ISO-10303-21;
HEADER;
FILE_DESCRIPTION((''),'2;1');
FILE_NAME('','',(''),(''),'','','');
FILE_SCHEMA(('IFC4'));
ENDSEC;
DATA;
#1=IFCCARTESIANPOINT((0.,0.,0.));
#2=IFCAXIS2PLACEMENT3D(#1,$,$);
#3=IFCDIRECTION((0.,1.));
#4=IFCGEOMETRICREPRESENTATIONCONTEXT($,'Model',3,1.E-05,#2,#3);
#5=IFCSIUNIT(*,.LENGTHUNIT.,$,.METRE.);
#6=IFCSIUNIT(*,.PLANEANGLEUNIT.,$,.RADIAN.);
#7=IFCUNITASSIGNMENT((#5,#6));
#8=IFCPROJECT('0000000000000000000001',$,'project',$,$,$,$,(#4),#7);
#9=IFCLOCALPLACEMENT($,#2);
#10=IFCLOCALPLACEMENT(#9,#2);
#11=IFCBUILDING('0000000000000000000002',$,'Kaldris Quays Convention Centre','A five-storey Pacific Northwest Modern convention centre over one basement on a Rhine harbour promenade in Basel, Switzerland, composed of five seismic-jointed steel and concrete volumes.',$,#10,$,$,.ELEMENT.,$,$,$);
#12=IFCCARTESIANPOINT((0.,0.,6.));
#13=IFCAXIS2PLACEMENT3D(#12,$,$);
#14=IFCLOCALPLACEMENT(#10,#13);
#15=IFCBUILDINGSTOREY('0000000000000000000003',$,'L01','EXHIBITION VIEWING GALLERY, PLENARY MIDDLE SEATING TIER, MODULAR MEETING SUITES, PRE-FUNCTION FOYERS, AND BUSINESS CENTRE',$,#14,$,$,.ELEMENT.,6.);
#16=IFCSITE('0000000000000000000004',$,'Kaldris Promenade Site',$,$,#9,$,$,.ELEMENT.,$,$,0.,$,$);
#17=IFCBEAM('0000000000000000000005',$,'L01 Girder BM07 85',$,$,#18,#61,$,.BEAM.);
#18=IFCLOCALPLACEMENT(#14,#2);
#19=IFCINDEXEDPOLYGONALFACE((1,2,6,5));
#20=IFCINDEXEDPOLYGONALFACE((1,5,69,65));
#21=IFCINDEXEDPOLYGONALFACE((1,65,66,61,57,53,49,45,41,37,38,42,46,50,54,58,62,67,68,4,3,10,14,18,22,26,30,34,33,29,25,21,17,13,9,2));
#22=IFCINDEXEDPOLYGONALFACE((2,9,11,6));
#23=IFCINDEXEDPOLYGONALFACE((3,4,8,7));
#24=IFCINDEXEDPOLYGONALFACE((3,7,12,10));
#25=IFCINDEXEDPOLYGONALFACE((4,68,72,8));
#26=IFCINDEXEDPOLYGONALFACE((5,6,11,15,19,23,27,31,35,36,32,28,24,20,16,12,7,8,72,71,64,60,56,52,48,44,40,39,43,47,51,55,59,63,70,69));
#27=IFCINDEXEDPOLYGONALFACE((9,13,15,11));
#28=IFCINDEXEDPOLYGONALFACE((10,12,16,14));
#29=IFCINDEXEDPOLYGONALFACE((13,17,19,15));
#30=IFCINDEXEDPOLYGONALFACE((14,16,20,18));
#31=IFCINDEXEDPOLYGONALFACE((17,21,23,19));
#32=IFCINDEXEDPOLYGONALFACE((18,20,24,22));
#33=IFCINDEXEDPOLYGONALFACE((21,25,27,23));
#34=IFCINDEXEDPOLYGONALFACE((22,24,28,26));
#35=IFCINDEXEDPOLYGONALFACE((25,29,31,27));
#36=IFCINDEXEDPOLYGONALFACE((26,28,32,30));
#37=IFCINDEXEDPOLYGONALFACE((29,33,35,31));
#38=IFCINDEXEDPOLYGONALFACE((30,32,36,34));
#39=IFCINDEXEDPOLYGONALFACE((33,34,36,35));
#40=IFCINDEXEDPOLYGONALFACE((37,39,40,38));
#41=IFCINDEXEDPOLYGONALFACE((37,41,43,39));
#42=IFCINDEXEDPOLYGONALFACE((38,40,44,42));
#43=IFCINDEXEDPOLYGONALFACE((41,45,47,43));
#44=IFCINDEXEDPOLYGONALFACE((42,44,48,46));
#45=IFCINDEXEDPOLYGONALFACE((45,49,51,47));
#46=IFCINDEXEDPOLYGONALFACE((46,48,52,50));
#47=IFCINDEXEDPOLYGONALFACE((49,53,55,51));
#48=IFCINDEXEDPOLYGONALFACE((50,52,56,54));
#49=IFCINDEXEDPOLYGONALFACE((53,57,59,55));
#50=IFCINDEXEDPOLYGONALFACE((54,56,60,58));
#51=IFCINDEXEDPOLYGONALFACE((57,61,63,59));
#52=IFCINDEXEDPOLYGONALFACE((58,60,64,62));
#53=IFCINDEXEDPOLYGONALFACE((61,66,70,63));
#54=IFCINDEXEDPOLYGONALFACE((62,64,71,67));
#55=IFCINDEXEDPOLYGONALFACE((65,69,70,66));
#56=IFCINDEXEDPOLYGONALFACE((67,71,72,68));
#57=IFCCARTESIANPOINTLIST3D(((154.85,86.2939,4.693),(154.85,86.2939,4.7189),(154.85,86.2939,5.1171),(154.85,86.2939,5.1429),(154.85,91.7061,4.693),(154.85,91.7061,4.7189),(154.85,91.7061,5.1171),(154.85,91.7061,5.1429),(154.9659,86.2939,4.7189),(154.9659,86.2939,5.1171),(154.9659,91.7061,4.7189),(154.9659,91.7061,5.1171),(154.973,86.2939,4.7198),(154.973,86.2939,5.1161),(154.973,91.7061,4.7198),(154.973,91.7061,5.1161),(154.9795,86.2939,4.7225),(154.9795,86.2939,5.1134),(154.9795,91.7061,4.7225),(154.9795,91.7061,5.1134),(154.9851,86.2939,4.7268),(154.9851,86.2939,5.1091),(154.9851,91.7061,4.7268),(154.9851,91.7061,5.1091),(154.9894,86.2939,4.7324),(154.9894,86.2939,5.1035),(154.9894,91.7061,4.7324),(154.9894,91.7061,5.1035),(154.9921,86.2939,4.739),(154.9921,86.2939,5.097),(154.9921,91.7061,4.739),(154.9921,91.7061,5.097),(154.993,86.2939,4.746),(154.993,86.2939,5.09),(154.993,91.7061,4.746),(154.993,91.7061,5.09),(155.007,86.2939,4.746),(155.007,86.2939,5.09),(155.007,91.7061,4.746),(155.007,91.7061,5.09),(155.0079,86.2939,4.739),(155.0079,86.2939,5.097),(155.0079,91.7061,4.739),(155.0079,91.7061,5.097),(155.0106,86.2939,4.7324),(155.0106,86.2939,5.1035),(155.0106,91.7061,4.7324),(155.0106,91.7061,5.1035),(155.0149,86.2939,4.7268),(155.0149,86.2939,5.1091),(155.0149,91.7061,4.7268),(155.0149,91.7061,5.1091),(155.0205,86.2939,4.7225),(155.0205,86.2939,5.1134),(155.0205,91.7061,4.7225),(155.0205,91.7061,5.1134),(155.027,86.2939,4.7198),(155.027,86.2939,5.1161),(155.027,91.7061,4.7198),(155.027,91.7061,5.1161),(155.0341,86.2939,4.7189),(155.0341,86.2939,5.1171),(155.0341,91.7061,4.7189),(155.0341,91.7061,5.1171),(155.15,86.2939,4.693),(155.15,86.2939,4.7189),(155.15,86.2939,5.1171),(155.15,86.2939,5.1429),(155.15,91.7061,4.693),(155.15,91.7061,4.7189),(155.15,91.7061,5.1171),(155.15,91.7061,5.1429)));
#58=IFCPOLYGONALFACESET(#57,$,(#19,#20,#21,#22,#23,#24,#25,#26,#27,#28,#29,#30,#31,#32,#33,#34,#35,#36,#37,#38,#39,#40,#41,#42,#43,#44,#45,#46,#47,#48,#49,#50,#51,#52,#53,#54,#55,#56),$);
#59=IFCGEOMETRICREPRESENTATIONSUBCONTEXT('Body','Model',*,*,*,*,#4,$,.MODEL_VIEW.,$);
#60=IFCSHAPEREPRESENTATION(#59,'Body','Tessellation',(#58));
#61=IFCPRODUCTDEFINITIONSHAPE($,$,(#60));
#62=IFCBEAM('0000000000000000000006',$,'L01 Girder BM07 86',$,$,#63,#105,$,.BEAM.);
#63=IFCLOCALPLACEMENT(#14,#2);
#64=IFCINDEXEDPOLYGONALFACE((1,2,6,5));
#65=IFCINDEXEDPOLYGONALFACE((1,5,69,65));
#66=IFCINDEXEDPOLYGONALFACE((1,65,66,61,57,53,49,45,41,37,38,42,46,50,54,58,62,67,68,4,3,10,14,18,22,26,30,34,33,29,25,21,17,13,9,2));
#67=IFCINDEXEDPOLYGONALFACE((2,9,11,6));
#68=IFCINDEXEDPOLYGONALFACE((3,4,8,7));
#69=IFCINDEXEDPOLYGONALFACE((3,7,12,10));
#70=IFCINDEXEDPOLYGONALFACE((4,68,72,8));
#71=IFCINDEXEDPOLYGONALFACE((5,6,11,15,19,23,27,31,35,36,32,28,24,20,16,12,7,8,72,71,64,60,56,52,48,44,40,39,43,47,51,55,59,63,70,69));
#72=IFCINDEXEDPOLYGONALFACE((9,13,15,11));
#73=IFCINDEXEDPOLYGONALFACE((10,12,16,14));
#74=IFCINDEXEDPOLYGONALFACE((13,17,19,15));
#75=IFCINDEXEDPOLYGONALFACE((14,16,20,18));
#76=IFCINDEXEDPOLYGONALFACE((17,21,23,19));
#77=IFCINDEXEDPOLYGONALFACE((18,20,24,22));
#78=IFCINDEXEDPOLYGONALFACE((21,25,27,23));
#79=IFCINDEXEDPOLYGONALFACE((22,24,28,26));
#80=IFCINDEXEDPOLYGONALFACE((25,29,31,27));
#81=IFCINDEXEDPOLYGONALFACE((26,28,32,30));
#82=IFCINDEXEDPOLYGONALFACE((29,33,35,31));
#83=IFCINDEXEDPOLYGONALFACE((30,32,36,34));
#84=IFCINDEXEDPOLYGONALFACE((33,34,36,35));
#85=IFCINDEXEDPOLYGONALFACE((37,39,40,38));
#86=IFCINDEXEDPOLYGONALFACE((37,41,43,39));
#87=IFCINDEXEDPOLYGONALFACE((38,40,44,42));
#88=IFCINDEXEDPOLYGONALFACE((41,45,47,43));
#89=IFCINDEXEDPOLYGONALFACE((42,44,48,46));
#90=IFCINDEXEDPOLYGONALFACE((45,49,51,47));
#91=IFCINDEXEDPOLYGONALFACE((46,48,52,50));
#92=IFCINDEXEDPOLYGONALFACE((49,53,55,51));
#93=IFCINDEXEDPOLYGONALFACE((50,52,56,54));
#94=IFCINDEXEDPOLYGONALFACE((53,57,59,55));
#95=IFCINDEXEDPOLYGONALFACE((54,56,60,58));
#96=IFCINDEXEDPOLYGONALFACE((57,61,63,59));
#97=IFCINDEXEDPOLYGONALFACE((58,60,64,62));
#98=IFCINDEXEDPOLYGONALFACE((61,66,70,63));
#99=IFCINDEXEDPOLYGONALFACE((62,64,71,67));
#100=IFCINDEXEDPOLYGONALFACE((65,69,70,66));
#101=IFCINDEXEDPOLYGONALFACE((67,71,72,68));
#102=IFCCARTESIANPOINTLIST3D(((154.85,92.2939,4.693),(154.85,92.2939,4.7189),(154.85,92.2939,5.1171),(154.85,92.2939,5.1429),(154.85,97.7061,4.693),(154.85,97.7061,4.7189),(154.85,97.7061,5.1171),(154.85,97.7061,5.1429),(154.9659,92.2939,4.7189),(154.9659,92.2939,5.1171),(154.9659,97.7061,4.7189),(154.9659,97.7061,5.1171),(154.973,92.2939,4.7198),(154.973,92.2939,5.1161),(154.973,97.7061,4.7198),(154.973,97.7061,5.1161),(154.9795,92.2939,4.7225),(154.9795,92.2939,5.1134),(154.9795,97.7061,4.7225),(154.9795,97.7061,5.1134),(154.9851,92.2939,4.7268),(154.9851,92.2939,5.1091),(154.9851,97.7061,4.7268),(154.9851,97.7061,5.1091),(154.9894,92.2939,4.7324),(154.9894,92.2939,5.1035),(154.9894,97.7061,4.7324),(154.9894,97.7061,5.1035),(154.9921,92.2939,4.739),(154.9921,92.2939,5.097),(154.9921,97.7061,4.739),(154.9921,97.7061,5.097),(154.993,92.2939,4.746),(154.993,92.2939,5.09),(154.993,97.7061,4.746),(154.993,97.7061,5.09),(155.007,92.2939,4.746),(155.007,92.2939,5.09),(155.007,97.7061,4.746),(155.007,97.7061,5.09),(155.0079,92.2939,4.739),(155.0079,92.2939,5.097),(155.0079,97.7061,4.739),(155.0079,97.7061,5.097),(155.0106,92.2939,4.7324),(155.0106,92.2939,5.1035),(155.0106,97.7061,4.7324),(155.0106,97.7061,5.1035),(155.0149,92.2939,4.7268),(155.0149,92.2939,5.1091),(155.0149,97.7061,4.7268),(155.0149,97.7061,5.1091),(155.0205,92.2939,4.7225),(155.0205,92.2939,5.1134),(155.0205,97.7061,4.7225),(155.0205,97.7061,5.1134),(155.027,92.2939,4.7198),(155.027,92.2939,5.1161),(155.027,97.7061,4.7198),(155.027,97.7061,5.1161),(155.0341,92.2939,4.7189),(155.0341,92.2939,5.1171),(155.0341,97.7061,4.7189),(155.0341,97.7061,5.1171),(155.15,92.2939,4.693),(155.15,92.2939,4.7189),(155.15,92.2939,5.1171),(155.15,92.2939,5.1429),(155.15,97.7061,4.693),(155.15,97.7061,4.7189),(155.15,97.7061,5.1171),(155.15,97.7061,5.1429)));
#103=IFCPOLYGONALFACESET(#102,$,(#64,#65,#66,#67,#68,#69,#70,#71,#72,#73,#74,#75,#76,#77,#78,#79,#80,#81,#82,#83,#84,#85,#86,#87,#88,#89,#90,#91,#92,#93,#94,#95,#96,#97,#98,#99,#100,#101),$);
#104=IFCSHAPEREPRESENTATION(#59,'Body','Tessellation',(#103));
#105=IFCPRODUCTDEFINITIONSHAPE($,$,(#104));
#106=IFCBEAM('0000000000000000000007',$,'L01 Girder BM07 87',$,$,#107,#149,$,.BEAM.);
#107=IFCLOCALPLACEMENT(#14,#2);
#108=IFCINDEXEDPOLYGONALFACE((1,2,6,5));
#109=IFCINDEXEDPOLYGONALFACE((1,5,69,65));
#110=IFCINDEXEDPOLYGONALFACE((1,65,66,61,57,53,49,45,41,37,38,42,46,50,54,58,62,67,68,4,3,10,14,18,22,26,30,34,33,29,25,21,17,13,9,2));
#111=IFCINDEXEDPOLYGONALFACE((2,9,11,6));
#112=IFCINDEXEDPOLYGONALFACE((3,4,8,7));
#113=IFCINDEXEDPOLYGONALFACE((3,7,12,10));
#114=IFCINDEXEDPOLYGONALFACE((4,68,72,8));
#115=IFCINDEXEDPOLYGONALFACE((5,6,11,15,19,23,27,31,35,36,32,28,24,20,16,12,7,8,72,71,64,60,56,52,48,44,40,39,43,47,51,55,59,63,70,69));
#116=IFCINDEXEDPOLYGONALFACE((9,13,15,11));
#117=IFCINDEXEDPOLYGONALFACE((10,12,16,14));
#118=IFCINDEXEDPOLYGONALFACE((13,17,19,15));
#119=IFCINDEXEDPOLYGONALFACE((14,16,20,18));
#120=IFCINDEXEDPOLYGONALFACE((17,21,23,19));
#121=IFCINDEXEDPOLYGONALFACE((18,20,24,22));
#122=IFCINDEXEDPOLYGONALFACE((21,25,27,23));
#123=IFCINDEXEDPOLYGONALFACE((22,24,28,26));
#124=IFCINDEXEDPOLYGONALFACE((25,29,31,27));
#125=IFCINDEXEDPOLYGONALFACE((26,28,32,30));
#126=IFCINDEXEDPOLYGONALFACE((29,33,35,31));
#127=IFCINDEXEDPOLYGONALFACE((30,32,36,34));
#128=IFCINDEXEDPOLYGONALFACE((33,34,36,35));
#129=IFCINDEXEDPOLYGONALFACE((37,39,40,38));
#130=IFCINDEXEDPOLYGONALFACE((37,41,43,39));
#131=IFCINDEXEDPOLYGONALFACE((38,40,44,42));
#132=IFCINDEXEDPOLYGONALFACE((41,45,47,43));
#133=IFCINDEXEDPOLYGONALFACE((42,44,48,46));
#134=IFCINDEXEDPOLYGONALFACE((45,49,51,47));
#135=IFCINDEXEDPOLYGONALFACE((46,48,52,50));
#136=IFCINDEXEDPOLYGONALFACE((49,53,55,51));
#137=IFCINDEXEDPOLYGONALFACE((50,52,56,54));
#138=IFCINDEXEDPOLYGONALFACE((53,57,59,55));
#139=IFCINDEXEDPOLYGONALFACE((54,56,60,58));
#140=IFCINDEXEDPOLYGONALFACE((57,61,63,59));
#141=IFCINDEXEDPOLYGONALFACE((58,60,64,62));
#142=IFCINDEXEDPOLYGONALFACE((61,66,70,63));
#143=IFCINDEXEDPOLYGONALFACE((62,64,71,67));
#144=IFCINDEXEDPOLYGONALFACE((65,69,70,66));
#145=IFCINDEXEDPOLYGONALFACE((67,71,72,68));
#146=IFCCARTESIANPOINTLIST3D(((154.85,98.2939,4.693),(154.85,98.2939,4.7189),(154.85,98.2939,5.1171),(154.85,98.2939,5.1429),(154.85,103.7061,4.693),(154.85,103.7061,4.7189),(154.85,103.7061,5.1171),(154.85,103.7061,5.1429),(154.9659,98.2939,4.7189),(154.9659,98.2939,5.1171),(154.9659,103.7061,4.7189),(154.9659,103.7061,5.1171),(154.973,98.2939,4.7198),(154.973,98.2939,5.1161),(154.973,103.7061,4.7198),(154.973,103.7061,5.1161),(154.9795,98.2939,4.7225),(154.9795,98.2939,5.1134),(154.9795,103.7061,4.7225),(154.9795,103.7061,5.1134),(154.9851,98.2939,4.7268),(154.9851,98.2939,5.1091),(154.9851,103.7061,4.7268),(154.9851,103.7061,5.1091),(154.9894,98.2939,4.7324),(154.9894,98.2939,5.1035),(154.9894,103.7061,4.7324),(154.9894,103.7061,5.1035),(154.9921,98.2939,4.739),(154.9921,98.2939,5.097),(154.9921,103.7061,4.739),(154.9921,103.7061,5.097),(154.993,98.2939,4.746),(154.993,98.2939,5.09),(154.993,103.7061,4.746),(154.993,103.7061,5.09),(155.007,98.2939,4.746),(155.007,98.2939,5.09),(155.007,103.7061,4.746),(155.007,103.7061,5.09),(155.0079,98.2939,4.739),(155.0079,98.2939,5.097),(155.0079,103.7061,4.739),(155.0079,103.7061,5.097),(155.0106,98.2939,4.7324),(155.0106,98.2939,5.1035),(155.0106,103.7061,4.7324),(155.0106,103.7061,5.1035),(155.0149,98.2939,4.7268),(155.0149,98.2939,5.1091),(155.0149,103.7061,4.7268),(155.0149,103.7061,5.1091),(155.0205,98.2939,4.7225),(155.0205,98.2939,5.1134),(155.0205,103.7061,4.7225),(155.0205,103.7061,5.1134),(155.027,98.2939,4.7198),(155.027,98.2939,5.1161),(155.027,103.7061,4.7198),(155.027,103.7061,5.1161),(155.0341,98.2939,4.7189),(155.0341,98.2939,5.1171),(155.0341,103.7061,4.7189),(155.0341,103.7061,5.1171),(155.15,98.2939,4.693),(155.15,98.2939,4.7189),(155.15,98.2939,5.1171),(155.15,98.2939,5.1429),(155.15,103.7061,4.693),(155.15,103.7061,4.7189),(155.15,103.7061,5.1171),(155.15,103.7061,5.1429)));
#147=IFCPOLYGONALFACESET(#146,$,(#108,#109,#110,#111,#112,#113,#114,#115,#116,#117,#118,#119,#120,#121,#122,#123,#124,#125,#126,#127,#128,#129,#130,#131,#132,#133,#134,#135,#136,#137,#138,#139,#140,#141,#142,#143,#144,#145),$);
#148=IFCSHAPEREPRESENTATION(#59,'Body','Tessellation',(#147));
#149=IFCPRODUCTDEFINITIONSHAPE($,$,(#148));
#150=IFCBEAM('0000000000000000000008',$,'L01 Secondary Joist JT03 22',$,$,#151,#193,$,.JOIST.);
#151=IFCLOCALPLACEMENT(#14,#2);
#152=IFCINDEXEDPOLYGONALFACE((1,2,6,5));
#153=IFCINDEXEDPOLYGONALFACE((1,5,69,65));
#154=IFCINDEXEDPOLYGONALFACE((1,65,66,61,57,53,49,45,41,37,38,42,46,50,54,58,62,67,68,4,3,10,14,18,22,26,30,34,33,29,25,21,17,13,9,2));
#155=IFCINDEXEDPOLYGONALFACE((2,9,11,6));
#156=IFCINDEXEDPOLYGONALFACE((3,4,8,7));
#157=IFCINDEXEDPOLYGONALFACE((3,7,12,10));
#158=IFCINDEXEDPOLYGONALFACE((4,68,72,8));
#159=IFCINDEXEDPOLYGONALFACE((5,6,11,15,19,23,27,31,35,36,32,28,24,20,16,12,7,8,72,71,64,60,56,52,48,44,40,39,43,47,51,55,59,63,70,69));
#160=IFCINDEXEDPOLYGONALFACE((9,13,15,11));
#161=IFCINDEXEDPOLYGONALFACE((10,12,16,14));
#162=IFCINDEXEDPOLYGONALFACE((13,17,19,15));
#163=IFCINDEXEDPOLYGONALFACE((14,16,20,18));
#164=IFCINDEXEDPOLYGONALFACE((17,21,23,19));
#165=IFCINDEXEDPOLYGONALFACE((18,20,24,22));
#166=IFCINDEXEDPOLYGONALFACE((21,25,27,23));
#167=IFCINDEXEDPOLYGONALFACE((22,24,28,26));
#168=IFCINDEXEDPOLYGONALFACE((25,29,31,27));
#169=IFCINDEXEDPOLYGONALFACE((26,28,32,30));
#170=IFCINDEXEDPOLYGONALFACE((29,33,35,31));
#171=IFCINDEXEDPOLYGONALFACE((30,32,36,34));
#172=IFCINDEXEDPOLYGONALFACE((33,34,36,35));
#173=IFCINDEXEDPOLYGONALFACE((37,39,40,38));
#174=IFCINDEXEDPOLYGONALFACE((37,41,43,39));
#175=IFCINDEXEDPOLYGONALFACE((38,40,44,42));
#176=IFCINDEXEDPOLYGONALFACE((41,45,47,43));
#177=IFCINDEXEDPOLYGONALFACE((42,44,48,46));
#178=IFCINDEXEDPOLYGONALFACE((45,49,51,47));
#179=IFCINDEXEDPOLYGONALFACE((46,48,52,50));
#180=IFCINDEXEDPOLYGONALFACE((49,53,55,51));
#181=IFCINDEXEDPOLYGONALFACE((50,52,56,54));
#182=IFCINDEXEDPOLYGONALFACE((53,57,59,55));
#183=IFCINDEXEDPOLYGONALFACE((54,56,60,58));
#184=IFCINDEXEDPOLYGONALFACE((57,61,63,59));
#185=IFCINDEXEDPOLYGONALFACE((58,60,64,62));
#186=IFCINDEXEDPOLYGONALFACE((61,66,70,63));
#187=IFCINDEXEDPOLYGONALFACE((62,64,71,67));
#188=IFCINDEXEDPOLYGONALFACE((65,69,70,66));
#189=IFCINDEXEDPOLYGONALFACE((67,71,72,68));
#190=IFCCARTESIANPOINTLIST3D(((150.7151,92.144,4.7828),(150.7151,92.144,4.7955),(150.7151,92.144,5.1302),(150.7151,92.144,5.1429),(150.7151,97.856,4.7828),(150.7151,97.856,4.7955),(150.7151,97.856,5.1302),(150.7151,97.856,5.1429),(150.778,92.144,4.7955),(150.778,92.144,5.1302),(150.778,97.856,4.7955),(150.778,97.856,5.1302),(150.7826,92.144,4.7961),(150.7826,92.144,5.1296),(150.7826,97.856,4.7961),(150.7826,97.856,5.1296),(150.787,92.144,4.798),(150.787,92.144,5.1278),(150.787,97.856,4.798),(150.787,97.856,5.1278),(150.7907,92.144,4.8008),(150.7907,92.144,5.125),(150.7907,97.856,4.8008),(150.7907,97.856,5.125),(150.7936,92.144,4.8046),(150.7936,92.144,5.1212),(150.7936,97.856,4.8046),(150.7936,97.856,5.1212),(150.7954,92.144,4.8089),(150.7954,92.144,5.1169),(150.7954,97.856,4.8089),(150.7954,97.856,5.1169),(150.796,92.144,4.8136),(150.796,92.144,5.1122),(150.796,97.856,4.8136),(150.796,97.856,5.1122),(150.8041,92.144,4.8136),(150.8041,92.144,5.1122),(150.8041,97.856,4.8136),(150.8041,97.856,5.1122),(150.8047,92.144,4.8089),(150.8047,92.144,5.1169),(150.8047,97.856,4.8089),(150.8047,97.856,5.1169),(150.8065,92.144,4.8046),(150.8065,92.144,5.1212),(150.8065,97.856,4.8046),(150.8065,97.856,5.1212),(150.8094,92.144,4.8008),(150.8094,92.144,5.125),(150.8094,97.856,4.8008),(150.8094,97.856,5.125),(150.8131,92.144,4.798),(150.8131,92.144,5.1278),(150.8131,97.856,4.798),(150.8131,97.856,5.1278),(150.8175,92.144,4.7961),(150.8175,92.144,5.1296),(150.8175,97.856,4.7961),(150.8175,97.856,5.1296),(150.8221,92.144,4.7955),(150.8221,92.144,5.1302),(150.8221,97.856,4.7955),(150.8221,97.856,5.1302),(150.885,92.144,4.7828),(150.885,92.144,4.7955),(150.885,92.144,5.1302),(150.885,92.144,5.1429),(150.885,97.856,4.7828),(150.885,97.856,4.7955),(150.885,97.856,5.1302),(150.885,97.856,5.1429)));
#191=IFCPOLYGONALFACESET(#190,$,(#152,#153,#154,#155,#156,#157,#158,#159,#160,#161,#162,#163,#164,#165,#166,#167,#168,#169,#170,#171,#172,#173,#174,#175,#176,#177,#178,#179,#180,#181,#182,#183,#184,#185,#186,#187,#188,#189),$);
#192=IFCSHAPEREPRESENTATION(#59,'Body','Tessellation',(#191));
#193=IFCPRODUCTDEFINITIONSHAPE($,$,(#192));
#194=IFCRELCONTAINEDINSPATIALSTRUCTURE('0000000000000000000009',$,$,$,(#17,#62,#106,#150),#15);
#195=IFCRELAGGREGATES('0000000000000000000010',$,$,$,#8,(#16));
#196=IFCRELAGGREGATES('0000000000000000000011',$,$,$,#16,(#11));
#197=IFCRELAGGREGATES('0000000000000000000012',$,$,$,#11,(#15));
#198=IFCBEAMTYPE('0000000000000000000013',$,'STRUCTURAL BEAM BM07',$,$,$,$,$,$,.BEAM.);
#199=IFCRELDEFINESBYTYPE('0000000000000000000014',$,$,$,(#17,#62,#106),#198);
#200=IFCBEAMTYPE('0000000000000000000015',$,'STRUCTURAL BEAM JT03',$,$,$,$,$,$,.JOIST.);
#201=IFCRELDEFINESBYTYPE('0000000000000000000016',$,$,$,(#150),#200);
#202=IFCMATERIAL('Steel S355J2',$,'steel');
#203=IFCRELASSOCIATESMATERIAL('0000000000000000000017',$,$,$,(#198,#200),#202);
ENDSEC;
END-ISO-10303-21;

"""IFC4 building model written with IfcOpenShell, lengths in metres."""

from ifc_helpers import new_model, si_unit, direction, frame, origin, origin_2d, place, context, subcontext, project, spatial, i_section, extrude, material, material_profile, profile_set, type_object, element, save


model = new_model("IFC4")

# Units and contexts
model_context = context("Model", 3, precision=1e-05, world=origin(), true_north=direction((0.0, 1.0)))
body_context = subcontext(model_context, "Body", "Model", "MODEL_VIEW")
ifc_project = project(units=[si_unit("LENGTHUNIT", "METRE"), si_unit("PLANEANGLEUNIT", "RADIAN")], contexts=[model_context])

# Site, building, storey
site_placement = place(None, origin())
site = spatial("IfcSite", under=ifc_project, at=site_placement, Name="Kaldris Promenade Site", CompositionType="ELEMENT", RefElevation=0.0)
building_placement = place(site_placement, origin())
building = spatial("IfcBuilding", under=site, at=building_placement, Name="Kaldris Quays Convention Centre", Description="A five-storey Pacific Northwest Modern convention centre over one basement on a Rhine harbour promenade in Basel, Switzerland, composed of five seismic-jointed steel and concrete volumes.", CompositionType="ELEMENT")
storey_placement = place(building_placement, frame((0.0, 0.0, 6.0)))
storey = spatial("IfcBuildingStorey", under=building, at=storey_placement, Name="L01", Description="EXHIBITION VIEWING GALLERY, PLENARY MIDDLE SEATING TIER, MODULAR MEETING SUITES, PRE-FUNCTION FOYERS, AND BUSINESS CENTRE", CompositionType="ELEMENT", Elevation=6.0)

# Shared definitions
ifc_material_1 = material(Name="Steel S355J2", Category="steel")

# Beams
ifc_material_profile_1 = material_profile(ifc_material_1, i_section(OverallWidth=0.3, OverallDepth=0.45, WebThickness=0.0139, FlangeThickness=0.0259, FilletRadius=0.0271, at=origin_2d()), Name="HEB 450")
ifc_profile_set_1 = profile_set([ifc_material_profile_1], Name="Steel S355J2")
beam_type_1 = type_object("IfcBeamType", Name="STRUCTURAL BEAM BM07", PredefinedType="BEAM", material=ifc_profile_set_1)
for number, where, z_axis, x_axis, name in (
    (1, (155.0, 86.2939, 4.918), (0.0, 1.0, 0.0), (-1.0, 0.0, 0.0), "L01 Girder BM07 85"),
    (2, (155.0, 92.2939, 4.918), (0.0, 1.0, 0.0), (-1.0, 0.0, 0.0), "L01 Girder BM07 86"),
    (3, (155.0, 98.2939, 4.918), (0.0, 1.0, 0.0), (-1.0, 0.0, 0.0), "L01 Girder BM07 87"),
):
    element("IfcBeam", number, at=place(storey_placement, frame(where, z_axis=z_axis, x_axis=x_axis)), inside=storey, type_object=beam_type_1, Name=name, PredefinedType="BEAM", context=body_context, shape_type="SweptSolid", body=[
        extrude(i_section(OverallWidth=0.3, OverallDepth=0.45, WebThickness=0.0139, FlangeThickness=0.0259, FilletRadius=0.0271, at=origin_2d()), origin(), (0.0, 0.0, 1.0), 5.4121),
    ])
ifc_material_profile_2 = material_profile(ifc_material_1, i_section(OverallWidth=0.1699, OverallDepth=0.3601, WebThickness=0.0081, FlangeThickness=0.0127, FilletRadius=0.0181, at=origin_2d()), Name="IPE 360")
ifc_profile_set_2 = profile_set([ifc_material_profile_2], Name="Steel S355J2")
beam_type_2 = type_object("IfcBeamType", Name="STRUCTURAL BEAM JT03", PredefinedType="JOIST", material=ifc_profile_set_2)
for number, where, z_axis, x_axis, name in (
    (4, (150.8, 92.144, 4.9629), (0.0, 1.0, 0.0), (-1.0, 0.0, 0.0), "L01 Secondary Joist JT03 22"),
):
    element("IfcBeam", number, at=place(storey_placement, frame(where, z_axis=z_axis, x_axis=x_axis)), inside=storey, type_object=beam_type_2, Name=name, PredefinedType="JOIST", context=body_context, shape_type="SweptSolid", body=[
        extrude(i_section(OverallWidth=0.1699, OverallDepth=0.3601, WebThickness=0.0081, FlangeThickness=0.0127, FilletRadius=0.0181, at=origin_2d()), origin(), (0.0, 0.0, 1.0), 5.7119),
    ])

save(model, "model.ifc")
